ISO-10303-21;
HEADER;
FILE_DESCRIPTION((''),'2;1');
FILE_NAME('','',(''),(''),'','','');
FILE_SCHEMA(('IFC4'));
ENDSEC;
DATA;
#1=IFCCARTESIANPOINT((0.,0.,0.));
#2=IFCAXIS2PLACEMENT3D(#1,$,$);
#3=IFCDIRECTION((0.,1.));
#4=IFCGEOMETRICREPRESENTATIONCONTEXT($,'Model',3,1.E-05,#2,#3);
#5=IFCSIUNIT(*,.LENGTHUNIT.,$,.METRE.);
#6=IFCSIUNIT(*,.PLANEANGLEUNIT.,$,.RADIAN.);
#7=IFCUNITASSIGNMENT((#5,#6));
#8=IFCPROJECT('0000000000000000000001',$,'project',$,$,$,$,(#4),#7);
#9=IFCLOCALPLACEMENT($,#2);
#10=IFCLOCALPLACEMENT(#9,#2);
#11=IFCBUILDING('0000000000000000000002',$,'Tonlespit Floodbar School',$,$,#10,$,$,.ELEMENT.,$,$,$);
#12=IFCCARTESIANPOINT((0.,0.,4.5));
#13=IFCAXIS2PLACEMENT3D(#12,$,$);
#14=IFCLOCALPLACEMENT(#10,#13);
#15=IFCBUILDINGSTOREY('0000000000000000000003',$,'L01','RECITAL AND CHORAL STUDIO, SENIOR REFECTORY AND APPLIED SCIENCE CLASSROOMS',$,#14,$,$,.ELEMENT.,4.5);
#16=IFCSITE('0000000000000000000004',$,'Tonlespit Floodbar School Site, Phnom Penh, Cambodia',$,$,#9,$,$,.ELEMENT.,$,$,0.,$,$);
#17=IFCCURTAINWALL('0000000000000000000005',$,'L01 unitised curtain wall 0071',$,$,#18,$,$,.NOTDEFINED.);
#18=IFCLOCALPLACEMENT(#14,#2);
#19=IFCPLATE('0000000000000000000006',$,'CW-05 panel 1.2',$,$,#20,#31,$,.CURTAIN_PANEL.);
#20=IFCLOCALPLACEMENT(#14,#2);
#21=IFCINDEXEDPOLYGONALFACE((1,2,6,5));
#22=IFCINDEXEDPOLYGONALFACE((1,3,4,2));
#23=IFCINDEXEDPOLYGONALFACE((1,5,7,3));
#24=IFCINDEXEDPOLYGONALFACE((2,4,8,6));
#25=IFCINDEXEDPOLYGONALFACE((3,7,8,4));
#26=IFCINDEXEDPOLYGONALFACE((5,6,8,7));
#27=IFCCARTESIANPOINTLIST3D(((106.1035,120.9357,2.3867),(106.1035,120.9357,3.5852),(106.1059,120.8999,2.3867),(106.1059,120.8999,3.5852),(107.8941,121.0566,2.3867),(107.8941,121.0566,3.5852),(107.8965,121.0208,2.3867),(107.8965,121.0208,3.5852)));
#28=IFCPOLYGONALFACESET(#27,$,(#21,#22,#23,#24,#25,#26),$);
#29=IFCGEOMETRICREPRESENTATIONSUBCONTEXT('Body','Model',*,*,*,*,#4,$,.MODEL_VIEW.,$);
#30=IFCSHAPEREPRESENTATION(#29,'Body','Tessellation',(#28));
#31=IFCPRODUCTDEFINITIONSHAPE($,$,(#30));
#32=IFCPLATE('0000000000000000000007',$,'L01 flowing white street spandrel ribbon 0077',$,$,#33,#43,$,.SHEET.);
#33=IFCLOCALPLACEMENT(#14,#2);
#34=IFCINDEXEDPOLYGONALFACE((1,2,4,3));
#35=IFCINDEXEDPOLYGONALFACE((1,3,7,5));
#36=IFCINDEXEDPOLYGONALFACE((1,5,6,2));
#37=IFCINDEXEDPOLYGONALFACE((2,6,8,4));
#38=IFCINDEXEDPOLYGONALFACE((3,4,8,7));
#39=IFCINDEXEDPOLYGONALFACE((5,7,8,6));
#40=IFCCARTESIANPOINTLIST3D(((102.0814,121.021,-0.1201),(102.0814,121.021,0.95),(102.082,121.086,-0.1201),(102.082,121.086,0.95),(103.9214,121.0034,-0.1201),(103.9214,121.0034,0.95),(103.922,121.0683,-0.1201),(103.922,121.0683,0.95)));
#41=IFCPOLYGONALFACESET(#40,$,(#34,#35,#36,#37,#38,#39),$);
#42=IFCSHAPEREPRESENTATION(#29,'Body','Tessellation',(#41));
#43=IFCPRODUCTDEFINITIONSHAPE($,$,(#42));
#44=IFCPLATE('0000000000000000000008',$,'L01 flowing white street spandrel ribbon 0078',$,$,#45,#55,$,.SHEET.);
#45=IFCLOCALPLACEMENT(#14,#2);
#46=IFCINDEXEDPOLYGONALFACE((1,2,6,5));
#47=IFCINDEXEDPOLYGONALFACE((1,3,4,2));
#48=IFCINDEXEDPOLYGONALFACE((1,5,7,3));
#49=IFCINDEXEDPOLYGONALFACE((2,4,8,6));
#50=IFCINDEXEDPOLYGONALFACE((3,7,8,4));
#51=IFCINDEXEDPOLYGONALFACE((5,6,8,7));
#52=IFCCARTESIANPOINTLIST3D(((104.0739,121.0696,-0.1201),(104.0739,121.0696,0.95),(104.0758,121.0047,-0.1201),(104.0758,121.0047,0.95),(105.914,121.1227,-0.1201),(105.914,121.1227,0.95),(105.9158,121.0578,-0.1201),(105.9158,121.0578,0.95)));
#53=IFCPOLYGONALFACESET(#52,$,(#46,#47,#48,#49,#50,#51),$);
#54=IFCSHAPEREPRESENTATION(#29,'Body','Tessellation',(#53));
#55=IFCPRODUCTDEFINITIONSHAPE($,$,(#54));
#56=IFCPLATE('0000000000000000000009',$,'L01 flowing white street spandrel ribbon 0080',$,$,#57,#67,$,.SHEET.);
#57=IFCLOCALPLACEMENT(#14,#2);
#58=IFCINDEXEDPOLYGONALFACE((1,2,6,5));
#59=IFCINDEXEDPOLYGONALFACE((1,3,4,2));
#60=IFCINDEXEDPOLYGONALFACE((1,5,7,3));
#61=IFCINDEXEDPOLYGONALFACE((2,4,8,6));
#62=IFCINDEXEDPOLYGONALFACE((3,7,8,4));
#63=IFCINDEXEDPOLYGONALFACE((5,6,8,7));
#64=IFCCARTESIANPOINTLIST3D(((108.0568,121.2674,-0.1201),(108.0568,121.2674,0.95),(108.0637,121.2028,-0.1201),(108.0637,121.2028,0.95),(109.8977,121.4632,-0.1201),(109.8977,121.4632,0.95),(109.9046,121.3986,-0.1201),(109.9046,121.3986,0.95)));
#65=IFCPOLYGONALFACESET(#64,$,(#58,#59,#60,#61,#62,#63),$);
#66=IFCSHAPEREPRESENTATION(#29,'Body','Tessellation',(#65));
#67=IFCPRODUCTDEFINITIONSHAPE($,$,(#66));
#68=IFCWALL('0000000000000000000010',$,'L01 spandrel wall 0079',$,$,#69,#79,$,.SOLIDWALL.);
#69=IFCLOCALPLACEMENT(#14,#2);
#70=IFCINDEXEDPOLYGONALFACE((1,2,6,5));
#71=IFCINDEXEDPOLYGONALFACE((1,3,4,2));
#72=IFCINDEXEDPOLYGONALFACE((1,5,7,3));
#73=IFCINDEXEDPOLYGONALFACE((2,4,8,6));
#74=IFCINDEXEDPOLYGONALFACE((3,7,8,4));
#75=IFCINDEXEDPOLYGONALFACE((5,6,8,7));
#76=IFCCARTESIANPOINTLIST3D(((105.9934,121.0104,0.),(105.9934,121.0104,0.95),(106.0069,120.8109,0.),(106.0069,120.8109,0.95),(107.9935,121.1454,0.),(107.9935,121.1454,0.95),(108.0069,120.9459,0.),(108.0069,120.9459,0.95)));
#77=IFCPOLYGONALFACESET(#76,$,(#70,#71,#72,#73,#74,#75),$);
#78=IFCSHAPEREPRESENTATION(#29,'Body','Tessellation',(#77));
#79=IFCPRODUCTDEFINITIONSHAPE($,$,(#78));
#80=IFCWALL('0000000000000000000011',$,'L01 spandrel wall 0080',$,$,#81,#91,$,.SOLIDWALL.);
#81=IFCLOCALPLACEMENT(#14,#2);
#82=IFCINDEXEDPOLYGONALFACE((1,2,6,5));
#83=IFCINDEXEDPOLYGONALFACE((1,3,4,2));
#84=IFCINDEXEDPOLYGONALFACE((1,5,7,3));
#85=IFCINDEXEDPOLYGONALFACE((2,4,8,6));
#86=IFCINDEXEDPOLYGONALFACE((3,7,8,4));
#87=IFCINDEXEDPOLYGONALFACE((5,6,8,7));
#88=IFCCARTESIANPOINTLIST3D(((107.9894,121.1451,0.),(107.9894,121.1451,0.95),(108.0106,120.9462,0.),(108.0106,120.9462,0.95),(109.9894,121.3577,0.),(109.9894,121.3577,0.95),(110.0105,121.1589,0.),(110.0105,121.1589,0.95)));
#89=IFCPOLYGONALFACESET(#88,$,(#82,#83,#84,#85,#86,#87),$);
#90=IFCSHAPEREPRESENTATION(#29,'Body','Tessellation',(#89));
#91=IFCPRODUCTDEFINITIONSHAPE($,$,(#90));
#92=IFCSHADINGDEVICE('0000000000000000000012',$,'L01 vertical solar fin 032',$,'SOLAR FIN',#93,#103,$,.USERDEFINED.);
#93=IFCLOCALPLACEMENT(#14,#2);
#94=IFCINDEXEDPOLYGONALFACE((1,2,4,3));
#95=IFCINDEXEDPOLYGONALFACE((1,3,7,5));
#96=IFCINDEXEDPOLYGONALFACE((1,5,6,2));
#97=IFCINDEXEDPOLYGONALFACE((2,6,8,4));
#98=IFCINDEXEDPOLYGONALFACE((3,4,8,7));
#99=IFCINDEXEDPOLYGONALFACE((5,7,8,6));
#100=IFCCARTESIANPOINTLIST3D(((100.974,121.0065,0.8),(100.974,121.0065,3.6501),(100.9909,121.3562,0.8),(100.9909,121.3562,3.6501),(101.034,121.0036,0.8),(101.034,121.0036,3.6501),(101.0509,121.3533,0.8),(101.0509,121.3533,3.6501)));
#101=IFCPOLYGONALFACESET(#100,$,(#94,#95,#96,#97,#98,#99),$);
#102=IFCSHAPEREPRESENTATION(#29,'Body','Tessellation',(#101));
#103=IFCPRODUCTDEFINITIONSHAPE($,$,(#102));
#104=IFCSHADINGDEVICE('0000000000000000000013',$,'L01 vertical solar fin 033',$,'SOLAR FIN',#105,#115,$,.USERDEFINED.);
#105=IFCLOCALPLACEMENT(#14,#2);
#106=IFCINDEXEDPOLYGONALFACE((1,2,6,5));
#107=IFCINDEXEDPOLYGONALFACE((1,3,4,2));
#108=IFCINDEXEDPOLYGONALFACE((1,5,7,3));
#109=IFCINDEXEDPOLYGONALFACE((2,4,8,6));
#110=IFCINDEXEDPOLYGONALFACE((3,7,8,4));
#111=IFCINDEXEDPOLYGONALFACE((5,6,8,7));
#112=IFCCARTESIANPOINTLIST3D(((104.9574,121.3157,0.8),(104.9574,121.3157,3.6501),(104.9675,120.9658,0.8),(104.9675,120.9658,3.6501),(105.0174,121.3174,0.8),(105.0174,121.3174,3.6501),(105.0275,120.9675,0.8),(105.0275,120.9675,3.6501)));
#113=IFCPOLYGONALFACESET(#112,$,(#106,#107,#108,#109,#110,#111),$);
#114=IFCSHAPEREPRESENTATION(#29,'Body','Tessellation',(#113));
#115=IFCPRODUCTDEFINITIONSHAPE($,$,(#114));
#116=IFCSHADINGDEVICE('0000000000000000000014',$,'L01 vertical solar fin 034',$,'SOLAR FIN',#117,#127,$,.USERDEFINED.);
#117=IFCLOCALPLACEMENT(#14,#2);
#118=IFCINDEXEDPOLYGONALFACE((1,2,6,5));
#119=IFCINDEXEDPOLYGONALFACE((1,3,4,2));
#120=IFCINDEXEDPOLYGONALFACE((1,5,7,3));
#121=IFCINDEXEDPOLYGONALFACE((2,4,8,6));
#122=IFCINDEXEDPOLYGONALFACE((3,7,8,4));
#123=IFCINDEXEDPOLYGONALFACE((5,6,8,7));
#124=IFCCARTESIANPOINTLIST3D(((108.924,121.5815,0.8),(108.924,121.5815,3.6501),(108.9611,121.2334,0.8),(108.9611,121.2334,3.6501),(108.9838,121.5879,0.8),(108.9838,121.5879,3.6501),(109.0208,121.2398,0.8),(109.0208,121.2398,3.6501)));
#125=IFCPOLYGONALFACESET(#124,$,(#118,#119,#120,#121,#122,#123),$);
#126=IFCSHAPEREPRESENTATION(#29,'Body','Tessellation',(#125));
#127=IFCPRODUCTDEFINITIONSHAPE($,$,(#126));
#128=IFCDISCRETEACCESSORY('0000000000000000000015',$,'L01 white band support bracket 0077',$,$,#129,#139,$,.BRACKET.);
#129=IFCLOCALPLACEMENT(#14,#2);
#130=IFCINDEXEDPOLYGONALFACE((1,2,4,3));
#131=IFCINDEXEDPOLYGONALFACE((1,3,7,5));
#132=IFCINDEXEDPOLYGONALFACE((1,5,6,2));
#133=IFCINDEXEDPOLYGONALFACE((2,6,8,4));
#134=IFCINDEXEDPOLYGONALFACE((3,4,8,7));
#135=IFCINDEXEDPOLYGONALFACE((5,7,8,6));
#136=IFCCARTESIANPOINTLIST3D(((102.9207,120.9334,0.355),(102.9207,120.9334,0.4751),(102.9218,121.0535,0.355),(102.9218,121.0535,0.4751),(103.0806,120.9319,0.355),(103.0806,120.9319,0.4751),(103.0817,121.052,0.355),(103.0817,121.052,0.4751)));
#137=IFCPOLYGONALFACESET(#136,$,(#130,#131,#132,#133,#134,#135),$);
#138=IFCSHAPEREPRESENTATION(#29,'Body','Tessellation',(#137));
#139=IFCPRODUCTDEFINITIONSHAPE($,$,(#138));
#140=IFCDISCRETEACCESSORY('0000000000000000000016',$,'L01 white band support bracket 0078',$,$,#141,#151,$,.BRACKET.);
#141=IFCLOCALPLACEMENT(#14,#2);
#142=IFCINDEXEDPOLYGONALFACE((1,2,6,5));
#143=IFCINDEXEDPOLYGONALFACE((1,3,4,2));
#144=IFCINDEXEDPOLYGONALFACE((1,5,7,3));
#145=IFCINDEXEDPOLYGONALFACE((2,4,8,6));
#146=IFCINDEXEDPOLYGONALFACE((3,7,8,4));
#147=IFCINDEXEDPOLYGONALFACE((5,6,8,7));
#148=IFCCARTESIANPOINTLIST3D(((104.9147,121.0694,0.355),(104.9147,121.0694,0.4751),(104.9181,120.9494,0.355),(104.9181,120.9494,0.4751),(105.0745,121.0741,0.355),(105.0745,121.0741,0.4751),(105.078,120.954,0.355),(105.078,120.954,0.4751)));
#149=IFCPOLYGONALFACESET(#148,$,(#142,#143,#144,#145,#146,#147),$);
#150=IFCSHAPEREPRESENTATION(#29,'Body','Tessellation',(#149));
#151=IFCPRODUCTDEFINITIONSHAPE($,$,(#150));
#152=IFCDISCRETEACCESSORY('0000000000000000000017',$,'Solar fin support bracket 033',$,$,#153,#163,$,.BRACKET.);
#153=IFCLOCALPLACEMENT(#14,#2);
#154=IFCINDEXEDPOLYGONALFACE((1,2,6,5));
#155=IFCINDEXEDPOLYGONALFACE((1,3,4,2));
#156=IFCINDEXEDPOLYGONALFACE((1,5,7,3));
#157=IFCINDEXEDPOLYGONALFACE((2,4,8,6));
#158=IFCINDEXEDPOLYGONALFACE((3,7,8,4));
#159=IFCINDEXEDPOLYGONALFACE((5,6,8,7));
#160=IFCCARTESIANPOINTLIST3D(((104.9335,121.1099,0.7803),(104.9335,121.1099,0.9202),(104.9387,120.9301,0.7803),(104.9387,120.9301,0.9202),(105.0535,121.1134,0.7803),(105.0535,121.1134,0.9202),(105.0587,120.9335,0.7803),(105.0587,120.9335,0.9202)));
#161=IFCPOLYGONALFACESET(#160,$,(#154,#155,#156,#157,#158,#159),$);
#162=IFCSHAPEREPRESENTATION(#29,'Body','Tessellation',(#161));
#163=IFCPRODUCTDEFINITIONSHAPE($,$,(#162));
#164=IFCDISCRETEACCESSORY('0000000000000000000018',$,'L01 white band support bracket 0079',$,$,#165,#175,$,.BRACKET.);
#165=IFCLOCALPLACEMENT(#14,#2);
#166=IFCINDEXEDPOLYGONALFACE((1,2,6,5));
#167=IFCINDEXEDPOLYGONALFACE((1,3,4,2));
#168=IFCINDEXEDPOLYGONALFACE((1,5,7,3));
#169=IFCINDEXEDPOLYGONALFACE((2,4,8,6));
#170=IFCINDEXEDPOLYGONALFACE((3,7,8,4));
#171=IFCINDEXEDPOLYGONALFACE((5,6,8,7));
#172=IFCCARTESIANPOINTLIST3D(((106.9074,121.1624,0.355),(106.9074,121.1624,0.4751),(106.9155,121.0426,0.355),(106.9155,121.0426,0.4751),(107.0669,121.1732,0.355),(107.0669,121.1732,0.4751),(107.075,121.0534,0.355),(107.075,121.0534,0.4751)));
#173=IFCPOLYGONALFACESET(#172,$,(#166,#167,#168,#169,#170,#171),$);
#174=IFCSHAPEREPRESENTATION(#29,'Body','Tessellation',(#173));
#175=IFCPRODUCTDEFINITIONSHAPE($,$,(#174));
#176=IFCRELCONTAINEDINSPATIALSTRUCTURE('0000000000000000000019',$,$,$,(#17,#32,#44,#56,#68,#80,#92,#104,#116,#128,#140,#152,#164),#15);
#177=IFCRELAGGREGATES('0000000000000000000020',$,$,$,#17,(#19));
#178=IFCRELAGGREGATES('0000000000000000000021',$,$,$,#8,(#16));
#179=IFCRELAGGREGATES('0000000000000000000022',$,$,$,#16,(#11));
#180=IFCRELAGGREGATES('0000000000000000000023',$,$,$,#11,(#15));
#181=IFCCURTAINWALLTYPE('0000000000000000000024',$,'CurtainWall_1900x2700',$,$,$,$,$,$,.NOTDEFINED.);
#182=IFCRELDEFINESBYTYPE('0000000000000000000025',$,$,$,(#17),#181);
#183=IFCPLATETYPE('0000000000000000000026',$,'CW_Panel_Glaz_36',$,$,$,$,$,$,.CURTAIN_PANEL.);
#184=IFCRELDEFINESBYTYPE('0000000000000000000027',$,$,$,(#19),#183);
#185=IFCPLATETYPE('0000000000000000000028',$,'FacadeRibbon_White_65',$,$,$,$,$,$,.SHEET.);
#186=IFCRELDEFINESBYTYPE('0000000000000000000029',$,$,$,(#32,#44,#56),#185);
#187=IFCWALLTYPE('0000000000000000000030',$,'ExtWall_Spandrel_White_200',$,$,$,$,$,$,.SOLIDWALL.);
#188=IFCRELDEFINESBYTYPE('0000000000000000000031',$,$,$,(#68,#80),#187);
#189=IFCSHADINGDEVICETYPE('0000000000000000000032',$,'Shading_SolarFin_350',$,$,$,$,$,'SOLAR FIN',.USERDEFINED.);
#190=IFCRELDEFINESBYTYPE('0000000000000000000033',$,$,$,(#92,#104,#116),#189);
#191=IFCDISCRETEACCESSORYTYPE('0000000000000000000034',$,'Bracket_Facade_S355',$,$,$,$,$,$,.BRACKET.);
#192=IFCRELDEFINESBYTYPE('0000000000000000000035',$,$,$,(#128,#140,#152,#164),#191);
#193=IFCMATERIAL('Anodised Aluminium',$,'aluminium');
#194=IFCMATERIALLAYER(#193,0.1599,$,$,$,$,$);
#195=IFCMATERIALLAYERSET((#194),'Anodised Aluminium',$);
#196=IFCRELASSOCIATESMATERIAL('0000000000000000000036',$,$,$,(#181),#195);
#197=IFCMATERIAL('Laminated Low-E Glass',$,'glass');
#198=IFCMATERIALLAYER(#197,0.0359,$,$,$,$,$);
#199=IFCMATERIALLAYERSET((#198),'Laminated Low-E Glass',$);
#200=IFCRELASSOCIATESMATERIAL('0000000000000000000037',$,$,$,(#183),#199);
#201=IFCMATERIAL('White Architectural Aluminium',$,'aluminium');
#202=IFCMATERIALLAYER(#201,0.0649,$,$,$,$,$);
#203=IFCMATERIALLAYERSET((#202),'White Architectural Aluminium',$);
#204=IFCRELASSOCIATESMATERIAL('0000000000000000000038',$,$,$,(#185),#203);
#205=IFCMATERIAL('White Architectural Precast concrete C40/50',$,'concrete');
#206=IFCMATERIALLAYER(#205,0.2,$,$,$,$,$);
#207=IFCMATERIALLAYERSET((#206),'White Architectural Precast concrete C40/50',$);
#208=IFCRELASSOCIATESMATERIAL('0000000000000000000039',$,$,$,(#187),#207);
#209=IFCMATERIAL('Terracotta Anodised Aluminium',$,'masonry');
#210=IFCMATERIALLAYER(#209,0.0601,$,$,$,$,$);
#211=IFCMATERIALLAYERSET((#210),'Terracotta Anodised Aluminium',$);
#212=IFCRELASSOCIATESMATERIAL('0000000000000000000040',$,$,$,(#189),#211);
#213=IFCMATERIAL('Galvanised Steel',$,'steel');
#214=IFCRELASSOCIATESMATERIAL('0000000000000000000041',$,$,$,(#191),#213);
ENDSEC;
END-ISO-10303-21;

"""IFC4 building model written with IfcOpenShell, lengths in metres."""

from ifc_helpers import new_model, si_unit, direction, frame, frame_2d, origin, origin_2d, place, context, subcontext, project, spatial, rectangle, extrude, material, layer, layer_set, type_object, element, aggregate, save


model = new_model("IFC4")

# Units and contexts
model_context = context("Model", 3, precision=1e-05, world=origin(), true_north=direction((0.0, 1.0)))
body_context = subcontext(model_context, "Body", "Model", "MODEL_VIEW")
ifc_project = project(units=[si_unit("LENGTHUNIT", "METRE"), si_unit("PLANEANGLEUNIT", "RADIAN")], contexts=[model_context])

# Site, building, storey
site_placement = place(None, origin())
site = spatial("IfcSite", under=ifc_project, at=site_placement, Name="Tonlespit Floodbar School Site, Phnom Penh, Cambodia", CompositionType="ELEMENT", RefElevation=0.0)
building_placement = place(site_placement, origin())
building = spatial("IfcBuilding", under=site, at=building_placement, Name="Tonlespit Floodbar School", CompositionType="ELEMENT")
storey_placement = place(building_placement, frame((0.0, 0.0, 4.5)))
storey = spatial("IfcBuildingStorey", under=building, at=storey_placement, Name="L01", Description="RECITAL AND CHORAL STUDIO, SENIOR REFECTORY AND APPLIED SCIENCE CLASSROOMS", CompositionType="ELEMENT", Elevation=4.5)

# Shared definitions
ifc_material_1 = material(Name="Anodised Aluminium", Category="aluminium")
ifc_layer_1 = layer(ifc_material_1, 0.1599)
ifc_layer_set_1 = layer_set([ifc_layer_1], Name="Anodised Aluminium")
curtain_wall_type_1 = type_object("IfcCurtainWallType", Name="CurtainWall_1900x2700", PredefinedType="NOTDEFINED", material=ifc_layer_set_1)

# Curtain wall
curtain_wall_1_placement = place(storey_placement, origin())
curtain_wall_1 = element("IfcCurtainWall", 1, at=curtain_wall_1_placement, inside=storey, type_object=curtain_wall_type_1, Name="L01 unitised curtain wall 0071", PredefinedType="NOTDEFINED")

# Plate
ifc_material_2 = material(Name="Laminated Low-E Glass", Category="glass")
ifc_layer_2 = layer(ifc_material_2, 0.0359)
ifc_layer_set_2 = layer_set([ifc_layer_2], Name="Laminated Low-E Glass")
plate_type_1 = type_object("IfcPlateType", Name="CW_Panel_Glaz_36", PredefinedType="CURTAIN_PANEL", material=ifc_layer_set_2)
plate_1_placement = place(storey_placement, frame((107.0, 120.9783, 2.3867), z_axis=(0.0, 0.0, 1.0), x_axis=(0.99773, 0.06734, 0.0)))
plate_1 = element("IfcPlate", 2, at=plate_1_placement, type_object=plate_type_1, Name="CW-05 panel 1.2", PredefinedType="CURTAIN_PANEL", context=body_context, shape_type="SweptSolid", body=[
    extrude(rectangle(XDim=1.7947, YDim=0.0359, at=origin_2d()), origin(), (0.0, 0.0, 1.0), 1.1985),
])
aggregate(curtain_wall_1, [plate_1])

# Plates
ifc_material_3 = material(Name="White Architectural Aluminium", Category="aluminium")
ifc_layer_3 = layer(ifc_material_3, 0.0649)
ifc_layer_set_3 = layer_set([ifc_layer_3], Name="White Architectural Aluminium")
plate_type_2 = type_object("IfcPlateType", Name="FacadeRibbon_White_65", PredefinedType="SHEET", material=ifc_layer_set_3)
plate_2_placement = place(storey_placement, frame((103.0017, 121.0447, -0.1201), z_axis=(0.0, 0.0, 1.0), x_axis=(0.999954, -0.009599, 0.0)))
element("IfcPlate", 3, at=plate_2_placement, inside=storey, type_object=plate_type_2, Name="L01 flowing white street spandrel ribbon 0077", PredefinedType="SHEET", context=body_context, shape_type="SweptSolid", body=[
    extrude(rectangle(XDim=1.8401, YDim=0.0649, at=origin_2d()), origin(), (0.0, 0.0, 1.0), 1.0701),
])
plate_3_placement = place(storey_placement, frame((104.9949, 121.0637, -0.1201), z_axis=(0.0, 0.0, 1.0), x_axis=(0.999584, 0.028838, 0.0)))
element("IfcPlate", 4, at=plate_3_placement, inside=storey, type_object=plate_type_2, Name="L01 flowing white street spandrel ribbon 0078", PredefinedType="SHEET", context=body_context, shape_type="SweptSolid", body=[
    extrude(rectangle(XDim=1.8408, YDim=0.0649, at=origin_2d()), origin(), (0.0, 0.0, 1.0), 1.0701),
])
plate_4_placement = place(storey_placement, frame((108.9807, 121.333, -0.1201), z_axis=(0.0, 0.0, 1.0), x_axis=(0.994392, 0.105754, 0.0)))
element("IfcPlate", 5, at=plate_4_placement, inside=storey, type_object=plate_type_2, Name="L01 flowing white street spandrel ribbon 0080", PredefinedType="SHEET", context=body_context, shape_type="SweptSolid", body=[
    extrude(rectangle(XDim=1.8513, YDim=0.0649, at=origin_2d()), origin(), (0.0, 0.0, 1.0), 1.0701),
])

# Walls
ifc_material_4 = material(Name="White Architectural Precast concrete C40/50", Category="concrete")
ifc_layer_4 = layer(ifc_material_4, 0.2)
ifc_layer_set_4 = layer_set([ifc_layer_4], Name="White Architectural Precast concrete C40/50")
wall_type = type_object("IfcWallType", Name="ExtWall_Spandrel_White_200", PredefinedType="SOLIDWALL", material=ifc_layer_set_4)
wall_1_placement = place(storey_placement, frame((106.0, 120.9106, 0.0), z_axis=(0.0, 0.0, 1.0), x_axis=(0.997729, 0.067352, 0.0)))
element("IfcWall", 6, at=wall_1_placement, inside=storey, type_object=wall_type, Name="L01 spandrel wall 0079", PredefinedType="SOLIDWALL", context=body_context, shape_type="SweptSolid", body=[
    extrude(rectangle(XDim=2.0046, YDim=0.2, at=frame_2d((1.0024, 0.0))), origin(), (0.0, 0.0, 1.0), 0.95),
])
wall_2_placement = place(storey_placement, frame((108.0, 121.0457, 0.0), z_axis=(0.0, 0.0, 1.0), x_axis=(0.994395, 0.105727, 0.0)))
element("IfcWall", 7, at=wall_2_placement, inside=storey, type_object=wall_type, Name="L01 spandrel wall 0080", PredefinedType="SOLIDWALL", context=body_context, shape_type="SweptSolid", body=[
    extrude(rectangle(XDim=2.0112, YDim=0.2, at=frame_2d((1.0056, 0.0))), origin(), (0.0, 0.0, 1.0), 0.95),
])

# Shading devices
ifc_material_5 = material(Name="Terracotta Anodised Aluminium", Category="masonry")
ifc_layer_5 = layer(ifc_material_5, 0.0601)
ifc_layer_set_5 = layer_set([ifc_layer_5], Name="Terracotta Anodised Aluminium")
shading_device_type = type_object("IfcShadingDeviceType", Name="Shading_SolarFin_350", ElementType="SOLAR FIN", PredefinedType="USERDEFINED", material=ifc_layer_set_5)
for number, where, z_axis, x_axis, name in (
    (8, (101.0125, 121.1799, 0.8), (0.0, 0.0, 1.0), (0.998843, -0.048095, 0.0), "L01 vertical solar fin 032"),
    (9, (104.9924, 121.1416, 0.8), (0.0, 0.0, 1.0), (0.999584, 0.028838, 0.0), "L01 vertical solar fin 033"),
    (10, (108.9724, 121.4106, 0.8), (0.0, 0.0, 1.0), (0.994392, 0.105754, 0.0), "L01 vertical solar fin 034"),
):
    element("IfcShadingDevice", number, at=place(storey_placement, frame(where, z_axis=z_axis, x_axis=x_axis)), inside=storey, type_object=shading_device_type, Name=name, ObjectType="SOLAR FIN", PredefinedType="USERDEFINED", context=body_context, shape_type="SweptSolid", body=[
        extrude(rectangle(XDim=0.0601, YDim=0.3501, at=origin_2d()), origin(), (0.0, 0.0, 1.0), 2.8501),
    ])

# Discrete accessories
ifc_material_6 = material(Name="Galvanised Steel", Category="steel")
discrete_accessory_type = type_object("IfcDiscreteAccessoryType", Name="Bracket_Facade_S355", PredefinedType="BRACKET", material=ifc_material_6)
for number, where, z_axis, x_axis, name in (
    (11, (103.0012, 120.9927, 0.355), (0.0, 0.0, 1.0), (0.999954, -0.009599, 0.0), "L01 white band support bracket 0077"),
    (12, (104.9963, 121.0117, 0.355), (0.0, 0.0, 1.0), (0.999584, 0.028838, 0.0), "L01 white band support bracket 0078"),
):
    element("IfcDiscreteAccessory", number, at=place(storey_placement, frame(where, z_axis=z_axis, x_axis=x_axis)), inside=storey, type_object=discrete_accessory_type, Name=name, PredefinedType="BRACKET", context=body_context, shape_type="SweptSolid", body=[
        extrude(rectangle(XDim=0.1599, YDim=0.1201, at=origin_2d()), origin(), (0.0, 0.0, 1.0), 0.1201),
    ])
discrete_accessory_1_placement = place(storey_placement, frame((104.9961, 121.0217, 0.7803), z_axis=(0.0, 0.0, 1.0), x_axis=(0.999584, 0.028838, 0.0)))
element("IfcDiscreteAccessory", 13, at=discrete_accessory_1_placement, inside=storey, type_object=discrete_accessory_type, Name="Solar fin support bracket 033", PredefinedType="BRACKET", context=body_context, shape_type="SweptSolid", body=[
    extrude(rectangle(XDim=0.1201, YDim=0.1799, at=origin_2d()), origin(), (0.0, 0.0, 1.0), 0.1399),
])
discrete_accessory_2_placement = place(storey_placement, frame((106.9912, 121.1079, 0.355), z_axis=(0.0, 0.0, 1.0), x_axis=(0.99773, 0.067347, 0.0)))
element("IfcDiscreteAccessory", 14, at=discrete_accessory_2_placement, inside=storey, type_object=discrete_accessory_type, Name="L01 white band support bracket 0079", PredefinedType="BRACKET", context=body_context, shape_type="SweptSolid", body=[
    extrude(rectangle(XDim=0.1599, YDim=0.1201, at=origin_2d()), origin(), (0.0, 0.0, 1.0), 0.1201),
])

save(model, "model.ifc")
